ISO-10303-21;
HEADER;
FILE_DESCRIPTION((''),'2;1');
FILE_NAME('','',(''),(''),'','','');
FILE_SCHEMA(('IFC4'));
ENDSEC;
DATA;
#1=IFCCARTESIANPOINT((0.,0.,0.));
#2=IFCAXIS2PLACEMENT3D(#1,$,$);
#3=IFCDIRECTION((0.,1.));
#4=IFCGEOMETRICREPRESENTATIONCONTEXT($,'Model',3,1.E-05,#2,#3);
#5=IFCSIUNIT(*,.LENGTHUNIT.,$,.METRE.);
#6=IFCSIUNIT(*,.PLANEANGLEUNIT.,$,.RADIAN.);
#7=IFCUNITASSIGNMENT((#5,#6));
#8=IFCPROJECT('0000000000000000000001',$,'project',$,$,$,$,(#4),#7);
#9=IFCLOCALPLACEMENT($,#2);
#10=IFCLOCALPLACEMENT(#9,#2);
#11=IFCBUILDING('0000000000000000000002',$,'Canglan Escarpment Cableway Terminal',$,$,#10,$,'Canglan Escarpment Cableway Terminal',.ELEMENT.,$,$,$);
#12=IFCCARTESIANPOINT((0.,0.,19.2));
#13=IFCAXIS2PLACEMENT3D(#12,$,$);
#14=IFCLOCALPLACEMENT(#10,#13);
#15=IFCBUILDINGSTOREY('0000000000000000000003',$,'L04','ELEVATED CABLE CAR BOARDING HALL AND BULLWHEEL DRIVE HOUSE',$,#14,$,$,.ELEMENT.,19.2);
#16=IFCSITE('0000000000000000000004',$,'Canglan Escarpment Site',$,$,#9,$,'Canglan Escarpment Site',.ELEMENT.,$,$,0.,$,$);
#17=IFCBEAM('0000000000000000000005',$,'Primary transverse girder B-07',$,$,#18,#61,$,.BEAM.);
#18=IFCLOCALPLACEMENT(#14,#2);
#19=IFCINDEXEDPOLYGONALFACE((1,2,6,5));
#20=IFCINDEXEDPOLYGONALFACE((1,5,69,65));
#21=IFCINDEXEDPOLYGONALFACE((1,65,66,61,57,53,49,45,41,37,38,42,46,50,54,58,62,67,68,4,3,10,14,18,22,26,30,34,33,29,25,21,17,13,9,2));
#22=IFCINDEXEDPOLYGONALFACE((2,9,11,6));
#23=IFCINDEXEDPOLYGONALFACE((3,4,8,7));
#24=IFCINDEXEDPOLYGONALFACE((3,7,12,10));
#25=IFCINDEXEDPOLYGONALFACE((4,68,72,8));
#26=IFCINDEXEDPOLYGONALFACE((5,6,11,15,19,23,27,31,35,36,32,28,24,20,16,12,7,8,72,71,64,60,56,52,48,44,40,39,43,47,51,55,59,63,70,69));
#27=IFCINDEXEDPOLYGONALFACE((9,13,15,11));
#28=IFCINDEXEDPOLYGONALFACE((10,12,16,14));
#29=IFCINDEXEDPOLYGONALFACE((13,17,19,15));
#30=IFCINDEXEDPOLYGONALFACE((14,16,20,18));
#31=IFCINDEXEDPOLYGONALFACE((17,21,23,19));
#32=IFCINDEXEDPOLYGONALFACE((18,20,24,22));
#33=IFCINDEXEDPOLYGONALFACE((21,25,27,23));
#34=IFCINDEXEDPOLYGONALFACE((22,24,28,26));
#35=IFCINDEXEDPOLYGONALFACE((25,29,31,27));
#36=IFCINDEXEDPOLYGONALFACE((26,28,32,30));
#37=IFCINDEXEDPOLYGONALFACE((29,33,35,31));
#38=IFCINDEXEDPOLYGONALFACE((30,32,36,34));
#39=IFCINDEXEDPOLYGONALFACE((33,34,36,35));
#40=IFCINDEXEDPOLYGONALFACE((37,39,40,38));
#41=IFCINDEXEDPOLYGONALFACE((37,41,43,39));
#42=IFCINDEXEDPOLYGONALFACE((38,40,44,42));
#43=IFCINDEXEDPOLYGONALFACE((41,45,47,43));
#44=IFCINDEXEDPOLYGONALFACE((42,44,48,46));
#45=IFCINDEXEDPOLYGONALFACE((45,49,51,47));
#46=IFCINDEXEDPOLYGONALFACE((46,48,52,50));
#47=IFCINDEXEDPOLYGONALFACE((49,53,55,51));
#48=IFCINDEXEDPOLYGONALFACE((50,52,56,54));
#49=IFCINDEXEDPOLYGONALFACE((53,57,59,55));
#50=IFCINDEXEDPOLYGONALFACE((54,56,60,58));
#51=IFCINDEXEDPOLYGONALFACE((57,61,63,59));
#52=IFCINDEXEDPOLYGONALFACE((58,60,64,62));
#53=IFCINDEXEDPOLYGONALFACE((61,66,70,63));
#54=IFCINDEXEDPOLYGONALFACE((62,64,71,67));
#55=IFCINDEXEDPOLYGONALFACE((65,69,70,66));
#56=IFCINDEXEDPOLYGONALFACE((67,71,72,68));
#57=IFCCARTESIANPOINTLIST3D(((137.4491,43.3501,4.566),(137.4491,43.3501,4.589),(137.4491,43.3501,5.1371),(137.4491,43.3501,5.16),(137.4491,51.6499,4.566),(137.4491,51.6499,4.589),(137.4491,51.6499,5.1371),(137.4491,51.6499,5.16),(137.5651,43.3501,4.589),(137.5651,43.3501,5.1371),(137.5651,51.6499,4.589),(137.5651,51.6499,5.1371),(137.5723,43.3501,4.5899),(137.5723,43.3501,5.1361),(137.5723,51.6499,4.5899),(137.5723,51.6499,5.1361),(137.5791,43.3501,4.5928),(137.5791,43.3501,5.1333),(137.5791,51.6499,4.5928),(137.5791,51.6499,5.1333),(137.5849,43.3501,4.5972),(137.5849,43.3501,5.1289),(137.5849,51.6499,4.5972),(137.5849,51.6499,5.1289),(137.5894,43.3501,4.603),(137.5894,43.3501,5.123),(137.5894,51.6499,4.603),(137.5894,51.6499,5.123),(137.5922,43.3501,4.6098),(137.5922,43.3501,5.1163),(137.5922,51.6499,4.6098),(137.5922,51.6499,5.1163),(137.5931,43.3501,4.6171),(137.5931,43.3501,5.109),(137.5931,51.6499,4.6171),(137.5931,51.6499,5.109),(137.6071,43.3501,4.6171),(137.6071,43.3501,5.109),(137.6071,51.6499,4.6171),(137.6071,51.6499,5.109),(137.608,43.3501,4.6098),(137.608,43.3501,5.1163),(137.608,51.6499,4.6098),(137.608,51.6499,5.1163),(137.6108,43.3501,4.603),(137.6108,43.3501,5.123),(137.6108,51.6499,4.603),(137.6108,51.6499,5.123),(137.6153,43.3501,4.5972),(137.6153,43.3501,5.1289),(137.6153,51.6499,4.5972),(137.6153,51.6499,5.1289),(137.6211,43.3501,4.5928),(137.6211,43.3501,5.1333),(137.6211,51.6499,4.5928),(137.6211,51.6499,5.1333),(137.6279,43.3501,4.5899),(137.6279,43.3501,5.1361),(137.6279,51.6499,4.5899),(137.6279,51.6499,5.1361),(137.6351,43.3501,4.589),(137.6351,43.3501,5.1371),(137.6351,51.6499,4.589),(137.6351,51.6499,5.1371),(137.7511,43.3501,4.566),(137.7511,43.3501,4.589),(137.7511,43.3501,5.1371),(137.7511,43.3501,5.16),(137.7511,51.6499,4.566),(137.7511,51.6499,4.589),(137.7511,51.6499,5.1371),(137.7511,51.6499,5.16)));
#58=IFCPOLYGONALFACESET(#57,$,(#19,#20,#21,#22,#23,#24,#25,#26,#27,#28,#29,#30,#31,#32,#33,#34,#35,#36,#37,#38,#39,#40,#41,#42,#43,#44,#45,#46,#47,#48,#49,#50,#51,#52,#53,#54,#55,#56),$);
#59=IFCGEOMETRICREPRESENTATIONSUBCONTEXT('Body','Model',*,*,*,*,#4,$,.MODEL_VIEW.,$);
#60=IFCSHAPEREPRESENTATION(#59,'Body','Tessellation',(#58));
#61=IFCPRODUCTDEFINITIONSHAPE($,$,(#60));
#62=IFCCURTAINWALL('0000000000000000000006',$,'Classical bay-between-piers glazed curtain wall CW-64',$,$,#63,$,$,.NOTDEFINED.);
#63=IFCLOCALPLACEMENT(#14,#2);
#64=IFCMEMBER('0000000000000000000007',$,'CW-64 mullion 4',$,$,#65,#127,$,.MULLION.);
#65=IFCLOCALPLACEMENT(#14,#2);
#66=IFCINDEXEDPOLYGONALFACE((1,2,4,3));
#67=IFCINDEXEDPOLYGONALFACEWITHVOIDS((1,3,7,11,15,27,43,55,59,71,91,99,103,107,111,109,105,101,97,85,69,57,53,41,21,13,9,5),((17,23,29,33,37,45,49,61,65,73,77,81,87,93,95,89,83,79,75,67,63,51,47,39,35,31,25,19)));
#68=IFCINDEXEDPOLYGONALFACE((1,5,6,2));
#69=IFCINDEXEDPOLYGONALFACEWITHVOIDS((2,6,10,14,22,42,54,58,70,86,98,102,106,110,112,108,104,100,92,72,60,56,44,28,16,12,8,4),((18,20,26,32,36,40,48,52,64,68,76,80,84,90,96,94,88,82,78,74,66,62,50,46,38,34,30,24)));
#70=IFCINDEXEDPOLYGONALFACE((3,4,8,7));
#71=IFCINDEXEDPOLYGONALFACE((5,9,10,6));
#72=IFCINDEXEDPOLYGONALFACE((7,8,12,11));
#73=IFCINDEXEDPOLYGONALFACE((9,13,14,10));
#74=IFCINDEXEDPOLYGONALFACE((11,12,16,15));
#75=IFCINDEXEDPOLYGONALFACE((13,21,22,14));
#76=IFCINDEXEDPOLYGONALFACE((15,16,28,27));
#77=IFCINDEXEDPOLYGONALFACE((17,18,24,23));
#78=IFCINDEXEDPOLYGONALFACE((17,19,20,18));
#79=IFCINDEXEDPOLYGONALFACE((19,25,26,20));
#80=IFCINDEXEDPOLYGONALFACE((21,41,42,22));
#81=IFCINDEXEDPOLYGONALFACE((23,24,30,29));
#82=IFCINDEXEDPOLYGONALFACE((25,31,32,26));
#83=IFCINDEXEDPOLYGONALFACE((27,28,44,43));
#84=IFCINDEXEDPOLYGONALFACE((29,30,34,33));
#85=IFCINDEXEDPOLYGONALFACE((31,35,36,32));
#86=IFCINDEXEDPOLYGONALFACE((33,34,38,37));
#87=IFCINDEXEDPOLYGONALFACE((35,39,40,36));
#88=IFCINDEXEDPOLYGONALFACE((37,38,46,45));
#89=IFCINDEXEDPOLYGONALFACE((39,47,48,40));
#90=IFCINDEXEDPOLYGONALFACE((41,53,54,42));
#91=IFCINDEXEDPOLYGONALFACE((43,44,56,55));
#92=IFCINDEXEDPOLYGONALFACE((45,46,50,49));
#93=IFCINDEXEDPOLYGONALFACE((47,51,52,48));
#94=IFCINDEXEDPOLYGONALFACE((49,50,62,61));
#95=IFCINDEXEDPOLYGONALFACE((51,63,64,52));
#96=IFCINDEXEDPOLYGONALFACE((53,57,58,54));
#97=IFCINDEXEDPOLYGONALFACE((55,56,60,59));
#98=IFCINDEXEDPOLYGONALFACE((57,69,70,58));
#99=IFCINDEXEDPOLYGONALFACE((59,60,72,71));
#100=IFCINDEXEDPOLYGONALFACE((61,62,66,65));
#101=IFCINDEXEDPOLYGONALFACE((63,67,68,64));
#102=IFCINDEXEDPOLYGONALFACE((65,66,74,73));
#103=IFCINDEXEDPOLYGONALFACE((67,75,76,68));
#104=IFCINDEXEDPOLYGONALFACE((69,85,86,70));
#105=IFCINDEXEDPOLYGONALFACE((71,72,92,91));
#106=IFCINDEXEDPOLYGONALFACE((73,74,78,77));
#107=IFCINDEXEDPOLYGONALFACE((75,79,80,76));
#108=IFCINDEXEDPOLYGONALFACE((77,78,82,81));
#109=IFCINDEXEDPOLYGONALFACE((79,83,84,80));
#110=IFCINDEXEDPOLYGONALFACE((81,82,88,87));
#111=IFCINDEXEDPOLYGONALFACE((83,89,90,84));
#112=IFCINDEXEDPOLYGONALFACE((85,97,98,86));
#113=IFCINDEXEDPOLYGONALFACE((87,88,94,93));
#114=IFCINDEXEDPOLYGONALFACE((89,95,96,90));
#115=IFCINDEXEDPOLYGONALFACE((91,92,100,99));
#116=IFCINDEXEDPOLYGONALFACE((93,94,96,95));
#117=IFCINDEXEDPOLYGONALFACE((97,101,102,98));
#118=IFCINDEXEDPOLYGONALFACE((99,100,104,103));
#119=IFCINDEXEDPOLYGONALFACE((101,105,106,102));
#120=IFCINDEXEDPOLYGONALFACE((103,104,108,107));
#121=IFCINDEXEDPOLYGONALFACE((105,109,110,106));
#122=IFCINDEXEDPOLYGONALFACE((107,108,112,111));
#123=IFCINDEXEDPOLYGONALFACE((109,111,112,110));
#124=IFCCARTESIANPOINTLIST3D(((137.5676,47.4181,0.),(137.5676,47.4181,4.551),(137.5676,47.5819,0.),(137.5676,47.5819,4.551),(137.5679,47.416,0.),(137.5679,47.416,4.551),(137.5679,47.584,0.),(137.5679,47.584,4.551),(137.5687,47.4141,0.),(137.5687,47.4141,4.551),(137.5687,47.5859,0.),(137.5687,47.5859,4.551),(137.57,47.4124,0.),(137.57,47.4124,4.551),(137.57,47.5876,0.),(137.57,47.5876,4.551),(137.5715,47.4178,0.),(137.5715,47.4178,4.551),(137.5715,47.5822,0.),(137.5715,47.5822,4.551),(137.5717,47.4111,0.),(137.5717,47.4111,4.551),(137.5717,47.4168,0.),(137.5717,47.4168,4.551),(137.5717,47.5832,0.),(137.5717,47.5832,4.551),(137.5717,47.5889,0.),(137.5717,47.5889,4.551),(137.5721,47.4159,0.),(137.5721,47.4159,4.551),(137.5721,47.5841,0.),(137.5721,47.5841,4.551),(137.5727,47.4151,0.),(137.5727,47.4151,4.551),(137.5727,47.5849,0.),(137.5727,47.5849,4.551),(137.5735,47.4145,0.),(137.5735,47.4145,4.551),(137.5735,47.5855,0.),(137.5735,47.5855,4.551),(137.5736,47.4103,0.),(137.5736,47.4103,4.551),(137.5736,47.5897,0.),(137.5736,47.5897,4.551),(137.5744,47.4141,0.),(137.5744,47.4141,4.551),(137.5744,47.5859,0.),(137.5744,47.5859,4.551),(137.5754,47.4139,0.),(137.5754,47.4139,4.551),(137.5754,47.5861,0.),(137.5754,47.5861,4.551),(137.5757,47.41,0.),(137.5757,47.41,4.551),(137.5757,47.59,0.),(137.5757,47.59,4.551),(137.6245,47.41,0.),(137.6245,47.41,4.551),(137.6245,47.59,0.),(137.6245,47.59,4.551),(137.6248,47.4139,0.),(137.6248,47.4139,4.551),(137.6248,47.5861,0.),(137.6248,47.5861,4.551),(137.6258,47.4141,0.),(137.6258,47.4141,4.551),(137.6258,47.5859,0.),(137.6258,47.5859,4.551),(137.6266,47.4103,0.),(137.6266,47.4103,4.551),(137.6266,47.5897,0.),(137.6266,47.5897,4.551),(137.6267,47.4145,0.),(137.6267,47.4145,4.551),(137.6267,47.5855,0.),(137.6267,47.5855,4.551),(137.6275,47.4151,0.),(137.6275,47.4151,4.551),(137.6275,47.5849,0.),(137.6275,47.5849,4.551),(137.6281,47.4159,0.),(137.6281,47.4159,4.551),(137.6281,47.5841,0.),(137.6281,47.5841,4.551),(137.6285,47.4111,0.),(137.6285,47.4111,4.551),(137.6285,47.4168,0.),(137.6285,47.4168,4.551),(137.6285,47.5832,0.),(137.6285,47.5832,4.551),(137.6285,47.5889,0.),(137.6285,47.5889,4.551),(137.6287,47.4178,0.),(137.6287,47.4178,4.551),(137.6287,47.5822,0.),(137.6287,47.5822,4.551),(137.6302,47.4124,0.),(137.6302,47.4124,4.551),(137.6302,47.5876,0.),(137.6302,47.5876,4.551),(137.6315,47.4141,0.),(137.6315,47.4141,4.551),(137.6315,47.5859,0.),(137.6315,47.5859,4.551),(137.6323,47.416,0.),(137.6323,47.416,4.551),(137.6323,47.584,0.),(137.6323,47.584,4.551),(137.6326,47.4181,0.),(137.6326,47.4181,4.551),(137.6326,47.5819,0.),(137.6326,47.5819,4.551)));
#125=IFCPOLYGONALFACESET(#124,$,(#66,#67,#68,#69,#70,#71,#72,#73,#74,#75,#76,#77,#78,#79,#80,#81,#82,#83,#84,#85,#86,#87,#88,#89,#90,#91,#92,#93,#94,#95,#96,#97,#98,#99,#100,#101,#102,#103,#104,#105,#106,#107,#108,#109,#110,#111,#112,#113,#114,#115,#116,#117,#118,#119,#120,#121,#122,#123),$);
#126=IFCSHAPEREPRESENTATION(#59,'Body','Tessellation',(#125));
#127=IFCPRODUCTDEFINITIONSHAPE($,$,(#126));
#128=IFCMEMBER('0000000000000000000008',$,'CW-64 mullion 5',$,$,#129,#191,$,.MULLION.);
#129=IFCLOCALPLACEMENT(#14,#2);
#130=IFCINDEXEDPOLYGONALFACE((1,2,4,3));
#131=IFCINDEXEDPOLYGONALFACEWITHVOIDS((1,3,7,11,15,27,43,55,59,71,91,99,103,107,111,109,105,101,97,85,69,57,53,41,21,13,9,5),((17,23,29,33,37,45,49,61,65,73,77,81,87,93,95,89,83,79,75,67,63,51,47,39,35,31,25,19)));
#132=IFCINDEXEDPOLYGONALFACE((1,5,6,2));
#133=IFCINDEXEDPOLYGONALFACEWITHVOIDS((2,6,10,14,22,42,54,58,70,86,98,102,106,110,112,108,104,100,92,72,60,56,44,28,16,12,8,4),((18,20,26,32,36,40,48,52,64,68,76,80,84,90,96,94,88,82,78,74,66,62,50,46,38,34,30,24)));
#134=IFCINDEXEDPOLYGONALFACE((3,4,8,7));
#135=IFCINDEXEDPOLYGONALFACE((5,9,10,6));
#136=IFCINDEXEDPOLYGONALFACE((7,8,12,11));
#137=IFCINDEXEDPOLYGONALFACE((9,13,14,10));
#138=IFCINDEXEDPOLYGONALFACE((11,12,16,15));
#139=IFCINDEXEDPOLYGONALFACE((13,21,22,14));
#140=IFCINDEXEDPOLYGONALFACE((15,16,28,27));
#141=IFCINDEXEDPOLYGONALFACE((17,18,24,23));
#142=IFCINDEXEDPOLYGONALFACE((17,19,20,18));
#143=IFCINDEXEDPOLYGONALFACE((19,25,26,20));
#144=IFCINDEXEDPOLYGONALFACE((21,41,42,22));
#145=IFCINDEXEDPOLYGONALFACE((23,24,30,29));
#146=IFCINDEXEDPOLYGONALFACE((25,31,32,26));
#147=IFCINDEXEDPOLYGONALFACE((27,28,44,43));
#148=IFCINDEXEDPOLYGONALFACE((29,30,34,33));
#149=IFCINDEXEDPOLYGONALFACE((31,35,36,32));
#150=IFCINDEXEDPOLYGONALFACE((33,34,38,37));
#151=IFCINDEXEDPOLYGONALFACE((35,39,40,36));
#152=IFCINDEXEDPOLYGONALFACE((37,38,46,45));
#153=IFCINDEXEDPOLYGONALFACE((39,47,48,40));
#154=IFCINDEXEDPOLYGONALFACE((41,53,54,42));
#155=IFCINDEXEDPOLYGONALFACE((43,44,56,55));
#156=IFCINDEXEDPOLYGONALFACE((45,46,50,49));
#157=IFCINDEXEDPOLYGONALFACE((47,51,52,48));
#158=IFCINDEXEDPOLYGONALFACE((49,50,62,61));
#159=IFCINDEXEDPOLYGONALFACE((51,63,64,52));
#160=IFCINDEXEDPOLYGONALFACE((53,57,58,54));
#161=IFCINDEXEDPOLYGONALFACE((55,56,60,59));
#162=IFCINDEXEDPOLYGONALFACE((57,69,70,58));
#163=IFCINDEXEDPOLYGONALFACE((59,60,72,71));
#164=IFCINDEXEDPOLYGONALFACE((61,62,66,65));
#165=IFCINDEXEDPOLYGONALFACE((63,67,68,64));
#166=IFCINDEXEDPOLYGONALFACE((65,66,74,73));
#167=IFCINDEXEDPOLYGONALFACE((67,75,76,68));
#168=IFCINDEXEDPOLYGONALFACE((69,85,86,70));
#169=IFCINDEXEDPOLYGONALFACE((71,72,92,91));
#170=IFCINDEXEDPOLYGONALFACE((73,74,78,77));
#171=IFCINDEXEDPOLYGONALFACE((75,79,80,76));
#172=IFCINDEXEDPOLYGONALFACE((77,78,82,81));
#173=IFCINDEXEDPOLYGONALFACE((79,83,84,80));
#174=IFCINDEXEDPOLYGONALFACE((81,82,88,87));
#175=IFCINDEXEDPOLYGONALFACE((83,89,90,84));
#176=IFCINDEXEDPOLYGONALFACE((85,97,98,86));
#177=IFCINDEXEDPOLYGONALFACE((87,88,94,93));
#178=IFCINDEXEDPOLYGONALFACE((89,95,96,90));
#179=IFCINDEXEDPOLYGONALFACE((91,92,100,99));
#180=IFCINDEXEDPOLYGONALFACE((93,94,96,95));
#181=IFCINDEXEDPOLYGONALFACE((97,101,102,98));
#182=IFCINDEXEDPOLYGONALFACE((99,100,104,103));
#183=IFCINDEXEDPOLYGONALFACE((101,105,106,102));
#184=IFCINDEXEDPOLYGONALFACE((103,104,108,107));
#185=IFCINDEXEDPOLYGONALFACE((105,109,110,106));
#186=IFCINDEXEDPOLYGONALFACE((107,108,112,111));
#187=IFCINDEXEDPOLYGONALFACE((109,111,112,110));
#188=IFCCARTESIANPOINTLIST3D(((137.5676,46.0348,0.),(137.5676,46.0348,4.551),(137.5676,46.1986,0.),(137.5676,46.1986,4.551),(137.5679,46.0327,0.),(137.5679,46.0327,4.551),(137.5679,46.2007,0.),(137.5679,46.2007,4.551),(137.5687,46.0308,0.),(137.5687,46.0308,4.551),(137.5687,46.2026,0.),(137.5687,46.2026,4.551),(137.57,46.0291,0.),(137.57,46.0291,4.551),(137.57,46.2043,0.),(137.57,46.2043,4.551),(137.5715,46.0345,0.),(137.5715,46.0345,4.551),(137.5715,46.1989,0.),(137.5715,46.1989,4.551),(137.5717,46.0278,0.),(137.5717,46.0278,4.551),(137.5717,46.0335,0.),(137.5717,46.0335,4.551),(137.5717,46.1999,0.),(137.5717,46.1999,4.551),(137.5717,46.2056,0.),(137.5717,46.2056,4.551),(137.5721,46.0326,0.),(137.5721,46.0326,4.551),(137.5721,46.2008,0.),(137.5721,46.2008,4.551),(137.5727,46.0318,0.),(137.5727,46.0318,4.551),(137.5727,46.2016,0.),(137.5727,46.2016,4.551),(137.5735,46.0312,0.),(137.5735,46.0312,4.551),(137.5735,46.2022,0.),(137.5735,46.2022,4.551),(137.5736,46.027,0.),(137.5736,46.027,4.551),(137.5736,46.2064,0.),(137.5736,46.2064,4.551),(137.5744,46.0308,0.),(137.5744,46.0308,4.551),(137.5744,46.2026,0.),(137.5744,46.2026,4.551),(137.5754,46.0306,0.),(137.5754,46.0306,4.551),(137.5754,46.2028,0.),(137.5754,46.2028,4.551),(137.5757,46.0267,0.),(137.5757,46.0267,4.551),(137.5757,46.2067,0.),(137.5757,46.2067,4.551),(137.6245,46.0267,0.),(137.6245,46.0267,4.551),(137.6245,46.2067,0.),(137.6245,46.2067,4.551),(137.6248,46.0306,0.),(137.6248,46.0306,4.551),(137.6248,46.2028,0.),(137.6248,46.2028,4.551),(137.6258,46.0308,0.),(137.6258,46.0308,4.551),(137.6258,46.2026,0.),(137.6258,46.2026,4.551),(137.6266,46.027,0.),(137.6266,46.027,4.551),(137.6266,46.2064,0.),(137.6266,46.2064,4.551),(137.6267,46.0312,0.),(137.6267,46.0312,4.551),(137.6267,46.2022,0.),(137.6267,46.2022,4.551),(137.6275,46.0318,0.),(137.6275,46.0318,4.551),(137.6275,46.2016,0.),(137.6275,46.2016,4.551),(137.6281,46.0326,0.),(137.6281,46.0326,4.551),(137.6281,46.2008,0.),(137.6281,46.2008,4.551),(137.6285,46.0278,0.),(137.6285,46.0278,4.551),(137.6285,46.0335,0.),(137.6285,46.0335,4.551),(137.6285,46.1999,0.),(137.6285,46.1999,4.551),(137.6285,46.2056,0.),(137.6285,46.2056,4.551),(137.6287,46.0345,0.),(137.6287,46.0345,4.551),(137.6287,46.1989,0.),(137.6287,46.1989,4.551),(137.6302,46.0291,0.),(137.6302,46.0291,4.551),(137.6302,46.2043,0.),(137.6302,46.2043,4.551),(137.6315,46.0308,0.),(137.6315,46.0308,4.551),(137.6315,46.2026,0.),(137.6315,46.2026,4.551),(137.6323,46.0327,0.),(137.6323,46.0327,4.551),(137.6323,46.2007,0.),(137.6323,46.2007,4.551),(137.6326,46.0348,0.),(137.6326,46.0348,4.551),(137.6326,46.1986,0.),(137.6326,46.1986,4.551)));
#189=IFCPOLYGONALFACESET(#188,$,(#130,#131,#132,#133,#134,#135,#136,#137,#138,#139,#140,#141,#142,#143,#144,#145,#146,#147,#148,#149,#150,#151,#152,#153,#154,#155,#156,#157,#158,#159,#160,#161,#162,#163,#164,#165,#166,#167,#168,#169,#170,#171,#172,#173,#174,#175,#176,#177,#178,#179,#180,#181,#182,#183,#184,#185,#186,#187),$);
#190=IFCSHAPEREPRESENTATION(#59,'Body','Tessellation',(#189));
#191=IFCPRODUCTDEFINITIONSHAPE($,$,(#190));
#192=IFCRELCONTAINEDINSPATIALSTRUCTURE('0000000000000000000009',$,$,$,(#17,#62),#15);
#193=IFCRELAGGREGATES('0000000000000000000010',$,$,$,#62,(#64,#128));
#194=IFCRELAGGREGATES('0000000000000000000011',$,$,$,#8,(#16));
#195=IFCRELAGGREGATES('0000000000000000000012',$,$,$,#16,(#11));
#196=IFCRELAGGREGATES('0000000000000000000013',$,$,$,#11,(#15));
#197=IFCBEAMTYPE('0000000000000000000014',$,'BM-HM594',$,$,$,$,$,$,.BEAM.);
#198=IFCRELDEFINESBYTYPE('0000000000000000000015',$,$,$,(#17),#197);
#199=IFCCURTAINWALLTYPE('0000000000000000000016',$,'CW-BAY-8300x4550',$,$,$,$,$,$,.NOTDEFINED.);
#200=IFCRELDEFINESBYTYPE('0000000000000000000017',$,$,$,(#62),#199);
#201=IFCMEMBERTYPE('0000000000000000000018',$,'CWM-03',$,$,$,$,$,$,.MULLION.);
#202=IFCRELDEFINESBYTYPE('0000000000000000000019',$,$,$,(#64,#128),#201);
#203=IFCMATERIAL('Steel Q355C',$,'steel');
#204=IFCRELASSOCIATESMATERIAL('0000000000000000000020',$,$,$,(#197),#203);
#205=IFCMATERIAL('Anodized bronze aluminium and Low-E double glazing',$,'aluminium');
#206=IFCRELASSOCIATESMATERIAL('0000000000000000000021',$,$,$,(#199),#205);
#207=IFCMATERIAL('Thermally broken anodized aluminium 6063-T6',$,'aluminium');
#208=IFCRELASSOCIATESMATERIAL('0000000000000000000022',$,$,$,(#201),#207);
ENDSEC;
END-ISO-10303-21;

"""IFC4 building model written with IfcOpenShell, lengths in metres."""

from ifc_helpers import new_model, si_unit, direction, frame, origin, origin_2d, place, context, subcontext, project, spatial, hollow_rectangle, i_section, extrude, material, material_profile, profile_set, type_object, element, aggregate, save


model = new_model("IFC4")

# Units and contexts
model_context = context("Model", 3, precision=1e-05, world=origin(), true_north=direction((0.0, 1.0)))
body_context = subcontext(model_context, "Body", "Model", "MODEL_VIEW")
ifc_project = project(units=[si_unit("LENGTHUNIT", "METRE"), si_unit("PLANEANGLEUNIT", "RADIAN")], contexts=[model_context])

# Site, building, storey
site_placement = place(None, origin())
site = spatial("IfcSite", under=ifc_project, at=site_placement, Name="Canglan Escarpment Site", LongName="Canglan Escarpment Site", CompositionType="ELEMENT", RefElevation=0.0)
building_placement = place(site_placement, origin())
building = spatial("IfcBuilding", under=site, at=building_placement, Name="Canglan Escarpment Cableway Terminal", LongName="Canglan Escarpment Cableway Terminal", CompositionType="ELEMENT")
storey_placement = place(building_placement, frame((0.0, 0.0, 19.2)))
storey = spatial("IfcBuildingStorey", under=building, at=storey_placement, Name="L04", Description="ELEVATED CABLE CAR BOARDING HALL AND BULLWHEEL DRIVE HOUSE", CompositionType="ELEMENT", Elevation=19.2)

# Beam
ifc_material_1 = material(Name="Steel Q355C", Category="steel")
ifc_material_profile_1 = material_profile(ifc_material_1, i_section(OverallWidth=0.302, OverallDepth=0.594, WebThickness=0.0139, FlangeThickness=0.0229, FilletRadius=0.0281, at=origin_2d()), Name="HM 594x302x14x23")
ifc_profile_set_1 = profile_set([ifc_material_profile_1], Name="Steel Q355C")
beam_type = type_object("IfcBeamType", Name="BM-HM594", PredefinedType="BEAM", material=ifc_profile_set_1)
beam_placement = place(storey_placement, frame((137.6001, 43.3501, 4.863), z_axis=(0.0, 1.0, 0.0), x_axis=(-1.0, 0.0, 0.0)))
element("IfcBeam", 1, at=beam_placement, inside=storey, type_object=beam_type, Name="Primary transverse girder B-07", PredefinedType="BEAM", context=body_context, shape_type="SweptSolid", body=[
    extrude(i_section(OverallWidth=0.302, OverallDepth=0.594, WebThickness=0.0139, FlangeThickness=0.0229, FilletRadius=0.0281, at=origin_2d()), origin(), (0.0, 0.0, 1.0), 8.2998),
])

# Curtain wall, members
ifc_material_2 = material(Name="Anodized bronze aluminium and Low-E double glazing", Category="aluminium")
curtain_wall_type = type_object("IfcCurtainWallType", Name="CW-BAY-8300x4550", PredefinedType="NOTDEFINED", material=ifc_material_2)
curtain_wall_placement = place(storey_placement, origin())
curtain_wall = element("IfcCurtainWall", 2, at=curtain_wall_placement, inside=storey, type_object=curtain_wall_type, Name="Classical bay-between-piers glazed curtain wall CW-64", PredefinedType="NOTDEFINED")
ifc_material_3 = material(Name="Thermally broken anodized aluminium 6063-T6", Category="aluminium")
ifc_material_profile_2 = material_profile(ifc_material_3, hollow_rectangle(XDim=0.0649, YDim=0.1799, WallThickness=0.0039, InnerFilletRadius=0.0039, OuterFilletRadius=0.0081, at=origin_2d()), Name="ALU-MULL 65x180x4")
ifc_profile_set_2 = profile_set([ifc_material_profile_2], Name="Thermally broken anodized aluminium 6063-T6")
member_type_1 = type_object("IfcMemberType", Name="CWM-03", PredefinedType="MULLION", material=ifc_profile_set_2)
member_1_placement = place(storey_placement, frame((137.6001, 47.5, 0.0), z_axis=(0.0, 0.0, 1.0), x_axis=(1.0, 0.0, 0.0)))
member_1 = element("IfcMember", 3, at=member_1_placement, type_object=member_type_1, Name="CW-64 mullion 4", PredefinedType="MULLION", context=body_context, shape_type="SweptSolid", body=[
    extrude(hollow_rectangle(XDim=0.0649, YDim=0.1799, WallThickness=0.0039, InnerFilletRadius=0.0039, OuterFilletRadius=0.0081, at=origin_2d()), origin(), (0.0, 0.0, 1.0), 4.551),
])
member_2_placement = place(storey_placement, frame((137.6001, 46.1167, 0.0), z_axis=(0.0, 0.0, 1.0), x_axis=(1.0, 0.0, 0.0)))
member_2 = element("IfcMember", 4, at=member_2_placement, type_object=member_type_1, Name="CW-64 mullion 5", PredefinedType="MULLION", context=body_context, shape_type="SweptSolid", body=[
    extrude(hollow_rectangle(XDim=0.0649, YDim=0.1799, WallThickness=0.0039, InnerFilletRadius=0.0039, OuterFilletRadius=0.0081, at=origin_2d()), origin(), (0.0, 0.0, 1.0), 4.551),
])
aggregate(curtain_wall, [member_1, member_2])

save(model, "model.ifc")
